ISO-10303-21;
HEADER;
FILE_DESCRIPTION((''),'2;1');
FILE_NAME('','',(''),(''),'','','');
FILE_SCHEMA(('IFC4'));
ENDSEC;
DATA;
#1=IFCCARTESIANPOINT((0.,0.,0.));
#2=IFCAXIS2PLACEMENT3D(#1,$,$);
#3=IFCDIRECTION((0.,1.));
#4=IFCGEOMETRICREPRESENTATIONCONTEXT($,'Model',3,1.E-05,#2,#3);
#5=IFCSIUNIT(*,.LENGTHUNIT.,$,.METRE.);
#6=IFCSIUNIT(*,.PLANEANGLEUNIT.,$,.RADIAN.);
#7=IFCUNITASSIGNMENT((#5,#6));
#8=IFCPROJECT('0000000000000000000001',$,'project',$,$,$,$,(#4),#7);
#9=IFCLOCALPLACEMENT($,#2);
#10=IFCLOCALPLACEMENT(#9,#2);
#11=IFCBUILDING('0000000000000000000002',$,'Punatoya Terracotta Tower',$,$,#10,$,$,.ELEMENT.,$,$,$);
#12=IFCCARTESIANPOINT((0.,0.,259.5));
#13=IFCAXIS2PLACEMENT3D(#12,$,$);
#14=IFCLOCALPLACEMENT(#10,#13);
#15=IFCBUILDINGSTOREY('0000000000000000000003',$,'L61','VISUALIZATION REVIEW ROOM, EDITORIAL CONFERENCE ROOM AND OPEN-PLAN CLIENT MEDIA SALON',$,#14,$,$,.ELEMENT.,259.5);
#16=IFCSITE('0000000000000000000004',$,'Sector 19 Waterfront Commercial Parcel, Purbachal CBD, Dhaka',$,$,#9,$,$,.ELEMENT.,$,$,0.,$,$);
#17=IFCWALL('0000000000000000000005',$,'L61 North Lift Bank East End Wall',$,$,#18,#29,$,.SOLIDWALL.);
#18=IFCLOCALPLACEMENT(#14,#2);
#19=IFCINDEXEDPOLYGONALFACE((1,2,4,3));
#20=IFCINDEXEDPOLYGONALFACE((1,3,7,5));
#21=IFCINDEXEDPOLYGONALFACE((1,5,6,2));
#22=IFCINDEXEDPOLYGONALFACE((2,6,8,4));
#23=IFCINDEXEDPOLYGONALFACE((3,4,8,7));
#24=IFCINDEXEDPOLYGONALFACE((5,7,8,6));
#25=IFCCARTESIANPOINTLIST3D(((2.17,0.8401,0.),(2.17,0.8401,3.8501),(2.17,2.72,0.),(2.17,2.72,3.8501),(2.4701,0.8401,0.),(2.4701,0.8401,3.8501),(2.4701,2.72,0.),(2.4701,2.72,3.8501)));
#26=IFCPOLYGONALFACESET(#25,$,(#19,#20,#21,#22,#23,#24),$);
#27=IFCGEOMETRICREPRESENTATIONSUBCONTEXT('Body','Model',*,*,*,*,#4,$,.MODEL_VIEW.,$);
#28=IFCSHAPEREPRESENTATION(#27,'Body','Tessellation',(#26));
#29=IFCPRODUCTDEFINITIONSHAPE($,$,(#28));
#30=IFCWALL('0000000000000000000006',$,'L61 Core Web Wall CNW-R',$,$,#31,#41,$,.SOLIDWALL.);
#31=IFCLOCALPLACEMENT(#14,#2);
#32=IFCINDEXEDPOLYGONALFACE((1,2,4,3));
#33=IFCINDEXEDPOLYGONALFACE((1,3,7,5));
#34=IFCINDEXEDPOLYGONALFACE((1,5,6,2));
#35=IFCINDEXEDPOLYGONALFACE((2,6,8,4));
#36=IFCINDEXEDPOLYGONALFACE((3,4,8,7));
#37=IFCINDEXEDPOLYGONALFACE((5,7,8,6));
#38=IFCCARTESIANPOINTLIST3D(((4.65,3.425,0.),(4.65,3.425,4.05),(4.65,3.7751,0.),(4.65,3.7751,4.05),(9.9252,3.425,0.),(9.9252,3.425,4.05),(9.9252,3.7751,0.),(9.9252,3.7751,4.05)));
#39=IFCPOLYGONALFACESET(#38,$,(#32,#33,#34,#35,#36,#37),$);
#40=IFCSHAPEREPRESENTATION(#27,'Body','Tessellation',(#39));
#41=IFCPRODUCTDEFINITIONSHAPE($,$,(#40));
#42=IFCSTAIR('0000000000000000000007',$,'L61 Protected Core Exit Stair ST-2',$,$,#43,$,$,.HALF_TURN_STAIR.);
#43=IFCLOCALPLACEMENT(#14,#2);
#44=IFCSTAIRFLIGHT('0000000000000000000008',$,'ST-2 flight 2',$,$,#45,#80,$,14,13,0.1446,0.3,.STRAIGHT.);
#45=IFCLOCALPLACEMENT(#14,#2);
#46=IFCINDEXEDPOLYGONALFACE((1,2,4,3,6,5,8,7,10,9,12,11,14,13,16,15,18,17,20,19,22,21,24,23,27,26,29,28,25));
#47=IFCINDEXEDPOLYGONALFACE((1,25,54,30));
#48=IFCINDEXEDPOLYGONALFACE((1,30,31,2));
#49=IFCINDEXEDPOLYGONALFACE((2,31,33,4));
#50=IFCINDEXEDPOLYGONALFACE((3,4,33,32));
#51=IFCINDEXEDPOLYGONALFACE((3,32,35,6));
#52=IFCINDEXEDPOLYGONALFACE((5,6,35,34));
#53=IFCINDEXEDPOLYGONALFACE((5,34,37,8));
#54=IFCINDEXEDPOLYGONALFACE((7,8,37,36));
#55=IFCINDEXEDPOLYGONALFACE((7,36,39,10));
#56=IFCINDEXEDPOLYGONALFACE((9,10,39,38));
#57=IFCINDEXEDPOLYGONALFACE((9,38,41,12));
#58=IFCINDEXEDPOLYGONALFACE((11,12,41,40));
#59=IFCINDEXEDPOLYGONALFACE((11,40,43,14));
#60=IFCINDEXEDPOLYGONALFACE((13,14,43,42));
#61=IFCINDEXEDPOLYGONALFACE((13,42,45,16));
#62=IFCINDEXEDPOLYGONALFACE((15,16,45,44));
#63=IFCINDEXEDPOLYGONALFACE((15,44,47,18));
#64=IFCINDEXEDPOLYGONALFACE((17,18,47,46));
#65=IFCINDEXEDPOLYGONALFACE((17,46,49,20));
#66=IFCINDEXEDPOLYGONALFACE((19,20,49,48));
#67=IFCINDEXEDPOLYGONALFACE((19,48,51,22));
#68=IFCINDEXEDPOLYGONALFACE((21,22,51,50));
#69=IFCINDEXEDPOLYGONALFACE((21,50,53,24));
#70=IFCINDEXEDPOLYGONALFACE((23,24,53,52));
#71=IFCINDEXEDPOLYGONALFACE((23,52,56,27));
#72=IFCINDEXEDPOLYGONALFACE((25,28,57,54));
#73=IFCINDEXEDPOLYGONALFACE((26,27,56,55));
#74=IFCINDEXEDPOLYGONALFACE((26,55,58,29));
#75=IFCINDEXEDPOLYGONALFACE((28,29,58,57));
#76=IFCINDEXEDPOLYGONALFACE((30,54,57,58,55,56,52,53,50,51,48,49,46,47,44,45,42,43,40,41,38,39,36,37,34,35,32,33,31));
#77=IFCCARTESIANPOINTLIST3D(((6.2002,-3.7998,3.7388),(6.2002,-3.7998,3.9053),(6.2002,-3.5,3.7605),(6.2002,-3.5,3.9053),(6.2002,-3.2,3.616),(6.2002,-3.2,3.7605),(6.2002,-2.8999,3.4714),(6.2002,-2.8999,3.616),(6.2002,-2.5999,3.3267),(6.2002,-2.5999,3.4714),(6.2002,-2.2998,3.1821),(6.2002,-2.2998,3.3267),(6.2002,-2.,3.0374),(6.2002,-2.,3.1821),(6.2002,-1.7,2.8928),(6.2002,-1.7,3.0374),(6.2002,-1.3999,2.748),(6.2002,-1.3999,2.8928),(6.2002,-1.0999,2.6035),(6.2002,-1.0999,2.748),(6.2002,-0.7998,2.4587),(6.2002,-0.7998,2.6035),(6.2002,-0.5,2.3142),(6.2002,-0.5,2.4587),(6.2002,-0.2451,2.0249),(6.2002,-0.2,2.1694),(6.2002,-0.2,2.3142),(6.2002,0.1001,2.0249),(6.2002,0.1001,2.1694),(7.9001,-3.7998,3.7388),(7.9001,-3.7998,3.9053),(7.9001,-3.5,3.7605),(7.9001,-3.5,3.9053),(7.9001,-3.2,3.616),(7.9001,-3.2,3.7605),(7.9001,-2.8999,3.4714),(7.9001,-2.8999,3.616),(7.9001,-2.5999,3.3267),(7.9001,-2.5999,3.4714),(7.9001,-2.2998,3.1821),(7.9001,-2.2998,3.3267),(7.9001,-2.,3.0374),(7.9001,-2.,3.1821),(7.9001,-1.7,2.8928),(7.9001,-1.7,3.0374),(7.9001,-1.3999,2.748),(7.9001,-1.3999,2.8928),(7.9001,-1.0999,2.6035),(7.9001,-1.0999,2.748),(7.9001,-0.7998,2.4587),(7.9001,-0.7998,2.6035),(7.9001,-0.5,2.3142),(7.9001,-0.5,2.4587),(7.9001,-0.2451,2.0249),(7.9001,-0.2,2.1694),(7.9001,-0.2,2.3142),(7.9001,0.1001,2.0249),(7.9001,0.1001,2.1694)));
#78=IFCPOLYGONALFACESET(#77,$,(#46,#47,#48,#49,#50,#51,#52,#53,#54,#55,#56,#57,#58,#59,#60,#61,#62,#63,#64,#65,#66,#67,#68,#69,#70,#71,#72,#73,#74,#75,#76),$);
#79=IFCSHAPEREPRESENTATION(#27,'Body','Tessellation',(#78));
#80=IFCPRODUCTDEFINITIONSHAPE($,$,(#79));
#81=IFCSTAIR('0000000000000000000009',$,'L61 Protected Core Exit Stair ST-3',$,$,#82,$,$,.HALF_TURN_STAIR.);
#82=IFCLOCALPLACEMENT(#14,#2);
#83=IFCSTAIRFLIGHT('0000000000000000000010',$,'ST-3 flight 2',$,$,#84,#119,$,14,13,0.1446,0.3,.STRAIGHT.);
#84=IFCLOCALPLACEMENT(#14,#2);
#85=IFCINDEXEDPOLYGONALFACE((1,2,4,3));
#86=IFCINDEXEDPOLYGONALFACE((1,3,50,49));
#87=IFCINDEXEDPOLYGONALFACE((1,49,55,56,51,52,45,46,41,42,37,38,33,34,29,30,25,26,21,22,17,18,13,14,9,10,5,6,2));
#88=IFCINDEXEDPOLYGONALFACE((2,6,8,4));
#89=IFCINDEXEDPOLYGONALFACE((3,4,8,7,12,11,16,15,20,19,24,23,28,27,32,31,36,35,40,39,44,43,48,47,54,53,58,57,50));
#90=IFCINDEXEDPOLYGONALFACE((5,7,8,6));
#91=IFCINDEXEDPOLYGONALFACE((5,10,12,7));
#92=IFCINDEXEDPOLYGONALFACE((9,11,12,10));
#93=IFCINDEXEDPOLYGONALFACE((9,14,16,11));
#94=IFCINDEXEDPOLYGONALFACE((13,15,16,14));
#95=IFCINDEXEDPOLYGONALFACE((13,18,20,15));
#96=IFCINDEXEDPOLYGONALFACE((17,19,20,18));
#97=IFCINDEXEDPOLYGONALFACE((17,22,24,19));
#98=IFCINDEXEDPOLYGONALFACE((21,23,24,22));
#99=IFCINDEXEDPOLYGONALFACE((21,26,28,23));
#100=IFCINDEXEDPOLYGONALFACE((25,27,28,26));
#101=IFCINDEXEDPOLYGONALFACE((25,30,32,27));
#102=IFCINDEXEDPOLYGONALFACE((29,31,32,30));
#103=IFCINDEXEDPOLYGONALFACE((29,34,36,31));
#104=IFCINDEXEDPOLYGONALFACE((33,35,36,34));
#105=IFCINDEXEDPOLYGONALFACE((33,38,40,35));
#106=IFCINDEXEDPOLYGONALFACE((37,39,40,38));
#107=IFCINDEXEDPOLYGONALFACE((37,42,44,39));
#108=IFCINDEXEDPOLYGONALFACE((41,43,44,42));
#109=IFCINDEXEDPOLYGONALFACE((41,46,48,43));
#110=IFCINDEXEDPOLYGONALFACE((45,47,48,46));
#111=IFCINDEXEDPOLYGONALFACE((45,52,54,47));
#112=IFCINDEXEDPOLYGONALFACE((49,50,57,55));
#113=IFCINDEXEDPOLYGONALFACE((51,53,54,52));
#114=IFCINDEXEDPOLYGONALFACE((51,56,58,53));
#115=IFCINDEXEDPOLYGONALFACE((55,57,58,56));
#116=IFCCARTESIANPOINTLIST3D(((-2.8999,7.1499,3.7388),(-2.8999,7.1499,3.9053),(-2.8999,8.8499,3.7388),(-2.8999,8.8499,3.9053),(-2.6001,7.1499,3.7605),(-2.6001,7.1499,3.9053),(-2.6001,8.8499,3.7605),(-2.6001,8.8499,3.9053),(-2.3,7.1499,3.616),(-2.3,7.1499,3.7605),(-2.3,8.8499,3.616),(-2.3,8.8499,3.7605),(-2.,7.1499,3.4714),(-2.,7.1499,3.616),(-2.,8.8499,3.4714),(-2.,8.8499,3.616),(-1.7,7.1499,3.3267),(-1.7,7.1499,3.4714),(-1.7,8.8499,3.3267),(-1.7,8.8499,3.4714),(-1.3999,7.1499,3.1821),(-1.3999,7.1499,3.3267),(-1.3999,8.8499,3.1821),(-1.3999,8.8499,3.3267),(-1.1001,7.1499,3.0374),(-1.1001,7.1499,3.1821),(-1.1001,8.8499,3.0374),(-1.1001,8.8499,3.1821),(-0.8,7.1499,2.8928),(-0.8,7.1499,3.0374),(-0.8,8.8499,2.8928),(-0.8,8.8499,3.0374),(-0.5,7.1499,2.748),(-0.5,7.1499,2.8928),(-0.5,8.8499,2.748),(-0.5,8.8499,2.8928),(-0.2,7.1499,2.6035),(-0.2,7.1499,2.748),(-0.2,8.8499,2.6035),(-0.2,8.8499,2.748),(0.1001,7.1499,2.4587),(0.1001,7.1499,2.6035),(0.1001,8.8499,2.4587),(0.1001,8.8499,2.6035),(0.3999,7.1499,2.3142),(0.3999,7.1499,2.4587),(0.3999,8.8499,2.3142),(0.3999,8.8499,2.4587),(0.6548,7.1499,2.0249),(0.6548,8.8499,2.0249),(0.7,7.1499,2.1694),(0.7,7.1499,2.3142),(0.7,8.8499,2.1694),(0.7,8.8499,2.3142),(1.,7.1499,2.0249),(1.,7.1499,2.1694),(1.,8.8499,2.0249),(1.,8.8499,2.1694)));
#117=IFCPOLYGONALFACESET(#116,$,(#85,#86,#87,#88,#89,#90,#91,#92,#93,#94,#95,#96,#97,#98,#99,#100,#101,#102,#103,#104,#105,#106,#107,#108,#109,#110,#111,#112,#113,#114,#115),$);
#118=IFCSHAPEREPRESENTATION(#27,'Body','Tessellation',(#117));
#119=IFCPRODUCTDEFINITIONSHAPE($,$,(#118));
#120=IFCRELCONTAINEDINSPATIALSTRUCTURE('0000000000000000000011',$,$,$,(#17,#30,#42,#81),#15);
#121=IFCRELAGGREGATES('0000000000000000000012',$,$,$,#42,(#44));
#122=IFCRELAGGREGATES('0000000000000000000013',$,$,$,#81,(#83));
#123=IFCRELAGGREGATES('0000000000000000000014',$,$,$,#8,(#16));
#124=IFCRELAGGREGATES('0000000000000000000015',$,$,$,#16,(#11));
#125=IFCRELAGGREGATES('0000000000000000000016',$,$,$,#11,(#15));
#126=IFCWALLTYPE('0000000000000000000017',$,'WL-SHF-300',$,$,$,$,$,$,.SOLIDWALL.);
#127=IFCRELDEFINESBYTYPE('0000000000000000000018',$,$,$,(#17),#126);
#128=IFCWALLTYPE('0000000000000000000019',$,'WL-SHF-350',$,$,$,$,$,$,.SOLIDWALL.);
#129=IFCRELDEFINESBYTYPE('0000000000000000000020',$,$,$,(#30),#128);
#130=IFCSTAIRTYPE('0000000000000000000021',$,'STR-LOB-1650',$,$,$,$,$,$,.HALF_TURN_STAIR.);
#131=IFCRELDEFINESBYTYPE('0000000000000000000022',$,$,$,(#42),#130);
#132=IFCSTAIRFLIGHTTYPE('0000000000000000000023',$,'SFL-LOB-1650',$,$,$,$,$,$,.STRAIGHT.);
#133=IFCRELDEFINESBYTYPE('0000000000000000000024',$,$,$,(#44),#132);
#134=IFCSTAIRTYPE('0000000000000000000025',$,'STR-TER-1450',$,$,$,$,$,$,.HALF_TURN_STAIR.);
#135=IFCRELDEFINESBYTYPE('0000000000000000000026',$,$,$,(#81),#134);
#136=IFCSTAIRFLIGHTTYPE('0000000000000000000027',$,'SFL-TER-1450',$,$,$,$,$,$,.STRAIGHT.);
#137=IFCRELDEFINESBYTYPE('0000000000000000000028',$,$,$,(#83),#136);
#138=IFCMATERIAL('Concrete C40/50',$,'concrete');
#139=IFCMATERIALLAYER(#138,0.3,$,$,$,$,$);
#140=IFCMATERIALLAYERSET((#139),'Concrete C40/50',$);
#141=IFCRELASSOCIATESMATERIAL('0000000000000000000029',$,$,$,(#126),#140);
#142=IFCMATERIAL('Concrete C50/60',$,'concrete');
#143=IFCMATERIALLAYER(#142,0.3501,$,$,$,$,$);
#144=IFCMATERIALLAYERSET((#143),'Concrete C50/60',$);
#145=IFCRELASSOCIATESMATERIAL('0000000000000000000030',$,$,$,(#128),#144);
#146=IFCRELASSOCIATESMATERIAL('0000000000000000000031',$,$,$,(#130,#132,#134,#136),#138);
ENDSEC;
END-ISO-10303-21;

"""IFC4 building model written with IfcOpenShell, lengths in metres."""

from ifc_helpers import new_model, si_unit, direction, frame, frame_2d, origin, place, context, subcontext, project, spatial, polyline, rectangle, outline, extrude, material, layer, layer_set, type_object, element, aggregate, save


model = new_model("IFC4")

# Units and contexts
model_context = context("Model", 3, precision=1e-05, world=origin(), true_north=direction((0.0, 1.0)))
body_context = subcontext(model_context, "Body", "Model", "MODEL_VIEW")
ifc_project = project(units=[si_unit("LENGTHUNIT", "METRE"), si_unit("PLANEANGLEUNIT", "RADIAN")], contexts=[model_context])

# Site, building, storey
site_placement = place(None, origin())
site = spatial("IfcSite", under=ifc_project, at=site_placement, Name="Sector 19 Waterfront Commercial Parcel, Purbachal CBD, Dhaka", CompositionType="ELEMENT", RefElevation=0.0)
building_placement = place(site_placement, origin())
building = spatial("IfcBuilding", under=site, at=building_placement, Name="Punatoya Terracotta Tower", CompositionType="ELEMENT")
storey_placement = place(building_placement, frame((0.0, 0.0, 259.5)))
storey = spatial("IfcBuildingStorey", under=building, at=storey_placement, Name="L61", Description="VISUALIZATION REVIEW ROOM, EDITORIAL CONFERENCE ROOM AND OPEN-PLAN CLIENT MEDIA SALON", CompositionType="ELEMENT", Elevation=259.5)

# Shared definitions
ifc_material_1 = material(Name="Concrete C50/60", Category="concrete")

# Shared definitions
ifc_material_2 = material(Name="Concrete C40/50", Category="concrete")

# Walls
ifc_layer_1 = layer(ifc_material_2, 0.3)
ifc_layer_set_1 = layer_set([ifc_layer_1], Name="Concrete C40/50")
wall_type_1 = type_object("IfcWallType", Name="WL-SHF-300", PredefinedType="SOLIDWALL", material=ifc_layer_set_1)
wall_1_placement = place(storey_placement, frame((2.3201, 0.8401, 0.0), z_axis=(0.0, 0.0, 1.0), x_axis=(0.0, 1.0, 0.0)))
element("IfcWall", 1, at=wall_1_placement, inside=storey, type_object=wall_type_1, Name="L61 North Lift Bank East End Wall", PredefinedType="SOLIDWALL", context=body_context, shape_type="SweptSolid", body=[
    extrude(rectangle(XDim=1.8799, YDim=0.3, at=frame_2d((0.9399, 0.0))), origin(), (0.0, 0.0, 1.0), 3.8501),
])
ifc_layer_2 = layer(ifc_material_1, 0.3501)
ifc_layer_set_2 = layer_set([ifc_layer_2], Name="Concrete C50/60")
wall_type_2 = type_object("IfcWallType", Name="WL-SHF-350", PredefinedType="SOLIDWALL", material=ifc_layer_set_2)
wall_2_placement = place(storey_placement, frame((4.6499, 3.6001, 0.0), z_axis=(0.0, 0.0, 1.0), x_axis=(1.0, 0.0, 0.0)))
element("IfcWall", 2, at=wall_2_placement, inside=storey, type_object=wall_type_2, Name="L61 Core Web Wall CNW-R", PredefinedType="SOLIDWALL", context=body_context, shape_type="SweptSolid", body=[
    extrude(rectangle(XDim=5.2751, YDim=0.3501, at=frame_2d((2.6377, 0.0))), origin(), (0.0, 0.0, 1.0), 4.05),
])

# Stairs, stair flights
stair_type_1 = type_object("IfcStairType", Name="STR-LOB-1650", PredefinedType="HALF_TURN_STAIR", material=ifc_material_2)
stair_1_placement = place(storey_placement, origin())
stair_1 = element("IfcStair", 3, at=stair_1_placement, inside=storey, type_object=stair_type_1, Name="L61 Protected Core Exit Stair ST-2", PredefinedType="HALF_TURN_STAIR")
stair_flight_type_1 = type_object("IfcStairFlightType", Name="SFL-LOB-1650", PredefinedType="STRAIGHT", material=ifc_material_2)
stair_flight_1_placement = place(storey_placement, frame((7.05, 0.1001, 2.0249), z_axis=(0.0, 0.0, 1.0), x_axis=(0.0, -1.0, 0.0)))
stair_flight_1 = element("IfcStairFlight", 4, at=stair_flight_1_placement, type_object=stair_flight_type_1, Name="ST-2 flight 2", NumberOfRisers=14, NumberOfTreads=13, PredefinedType="STRAIGHT", RiserHeight=0.1446, TreadLength=0.3, context=body_context, shape_type="SweptSolid", body=[
    extrude(outline(polyline([(0.0, 0.0), (0.0, 0.1445), (0.3, 0.1445), (0.3, 0.2893), (0.6001, 0.2893), (0.6001, 0.4338), (0.8999, 0.4338), (0.8999, 0.5786), (1.2, 0.5786), (1.2, 0.7231), (1.5, 0.7231), (1.5, 0.8679), (1.8, 0.8679), (1.8, 1.0125), (2.1001, 1.0125), (2.1001, 1.1572), (2.3999, 1.1572), (2.3999, 1.3018), (2.7, 1.3018), (2.7, 1.4465), (3.0, 1.4465), (3.0, 1.5911), (3.3, 1.5911), (3.3, 1.7356), (3.6001, 1.7356), (3.6001, 1.8804), (3.8999, 1.8804), (3.8999, 2.0249), (3.8999, 1.7139), (0.3452, 0.0), (0.0, 0.0)])), frame((0.0, 0.8501, 0.0), z_axis=(0.0, -1.0, 0.0), x_axis=(1.0, 0.0, 0.0)), (0.0, 0.0, 1.0), 1.7),
])
aggregate(stair_1, [stair_flight_1])
stair_type_2 = type_object("IfcStairType", Name="STR-TER-1450", PredefinedType="HALF_TURN_STAIR", material=ifc_material_2)
stair_2_placement = place(storey_placement, origin())
stair_2 = element("IfcStair", 5, at=stair_2_placement, inside=storey, type_object=stair_type_2, Name="L61 Protected Core Exit Stair ST-3", PredefinedType="HALF_TURN_STAIR")
stair_flight_type_2 = type_object("IfcStairFlightType", Name="SFL-TER-1450", PredefinedType="STRAIGHT", material=ifc_material_2)
stair_flight_2_placement = place(storey_placement, frame((1.0, 8.0, 2.0249), z_axis=(0.0, 0.0, 1.0), x_axis=(-1.0, 0.0, 0.0)))
stair_flight_2 = element("IfcStairFlight", 6, at=stair_flight_2_placement, type_object=stair_flight_type_2, Name="ST-3 flight 2", NumberOfRisers=14, NumberOfTreads=13, PredefinedType="STRAIGHT", RiserHeight=0.1446, TreadLength=0.3, context=body_context, shape_type="SweptSolid", body=[
    extrude(outline(polyline([(0.0, 0.0), (0.0, 0.1445), (0.3, 0.1445), (0.3, 0.2893), (0.6001, 0.2893), (0.6001, 0.4338), (0.8999, 0.4338), (0.8999, 0.5786), (1.2, 0.5786), (1.2, 0.7231), (1.5, 0.7231), (1.5, 0.8679), (1.8, 0.8679), (1.8, 1.0125), (2.1001, 1.0125), (2.1001, 1.1572), (2.3999, 1.1572), (2.3999, 1.3018), (2.7, 1.3018), (2.7, 1.4465), (3.0, 1.4465), (3.0, 1.5911), (3.3, 1.5911), (3.3, 1.7356), (3.6001, 1.7356), (3.6001, 1.8804), (3.8999, 1.8804), (3.8999, 2.0249), (3.8999, 1.7139), (0.3452, 0.0), (0.0, 0.0)])), frame((0.0, 0.8501, 0.0), z_axis=(0.0, -1.0, 0.0), x_axis=(1.0, 0.0, 0.0)), (0.0, 0.0, 1.0), 1.7),
])
aggregate(stair_2, [stair_flight_2])

save(model, "model.ifc")
